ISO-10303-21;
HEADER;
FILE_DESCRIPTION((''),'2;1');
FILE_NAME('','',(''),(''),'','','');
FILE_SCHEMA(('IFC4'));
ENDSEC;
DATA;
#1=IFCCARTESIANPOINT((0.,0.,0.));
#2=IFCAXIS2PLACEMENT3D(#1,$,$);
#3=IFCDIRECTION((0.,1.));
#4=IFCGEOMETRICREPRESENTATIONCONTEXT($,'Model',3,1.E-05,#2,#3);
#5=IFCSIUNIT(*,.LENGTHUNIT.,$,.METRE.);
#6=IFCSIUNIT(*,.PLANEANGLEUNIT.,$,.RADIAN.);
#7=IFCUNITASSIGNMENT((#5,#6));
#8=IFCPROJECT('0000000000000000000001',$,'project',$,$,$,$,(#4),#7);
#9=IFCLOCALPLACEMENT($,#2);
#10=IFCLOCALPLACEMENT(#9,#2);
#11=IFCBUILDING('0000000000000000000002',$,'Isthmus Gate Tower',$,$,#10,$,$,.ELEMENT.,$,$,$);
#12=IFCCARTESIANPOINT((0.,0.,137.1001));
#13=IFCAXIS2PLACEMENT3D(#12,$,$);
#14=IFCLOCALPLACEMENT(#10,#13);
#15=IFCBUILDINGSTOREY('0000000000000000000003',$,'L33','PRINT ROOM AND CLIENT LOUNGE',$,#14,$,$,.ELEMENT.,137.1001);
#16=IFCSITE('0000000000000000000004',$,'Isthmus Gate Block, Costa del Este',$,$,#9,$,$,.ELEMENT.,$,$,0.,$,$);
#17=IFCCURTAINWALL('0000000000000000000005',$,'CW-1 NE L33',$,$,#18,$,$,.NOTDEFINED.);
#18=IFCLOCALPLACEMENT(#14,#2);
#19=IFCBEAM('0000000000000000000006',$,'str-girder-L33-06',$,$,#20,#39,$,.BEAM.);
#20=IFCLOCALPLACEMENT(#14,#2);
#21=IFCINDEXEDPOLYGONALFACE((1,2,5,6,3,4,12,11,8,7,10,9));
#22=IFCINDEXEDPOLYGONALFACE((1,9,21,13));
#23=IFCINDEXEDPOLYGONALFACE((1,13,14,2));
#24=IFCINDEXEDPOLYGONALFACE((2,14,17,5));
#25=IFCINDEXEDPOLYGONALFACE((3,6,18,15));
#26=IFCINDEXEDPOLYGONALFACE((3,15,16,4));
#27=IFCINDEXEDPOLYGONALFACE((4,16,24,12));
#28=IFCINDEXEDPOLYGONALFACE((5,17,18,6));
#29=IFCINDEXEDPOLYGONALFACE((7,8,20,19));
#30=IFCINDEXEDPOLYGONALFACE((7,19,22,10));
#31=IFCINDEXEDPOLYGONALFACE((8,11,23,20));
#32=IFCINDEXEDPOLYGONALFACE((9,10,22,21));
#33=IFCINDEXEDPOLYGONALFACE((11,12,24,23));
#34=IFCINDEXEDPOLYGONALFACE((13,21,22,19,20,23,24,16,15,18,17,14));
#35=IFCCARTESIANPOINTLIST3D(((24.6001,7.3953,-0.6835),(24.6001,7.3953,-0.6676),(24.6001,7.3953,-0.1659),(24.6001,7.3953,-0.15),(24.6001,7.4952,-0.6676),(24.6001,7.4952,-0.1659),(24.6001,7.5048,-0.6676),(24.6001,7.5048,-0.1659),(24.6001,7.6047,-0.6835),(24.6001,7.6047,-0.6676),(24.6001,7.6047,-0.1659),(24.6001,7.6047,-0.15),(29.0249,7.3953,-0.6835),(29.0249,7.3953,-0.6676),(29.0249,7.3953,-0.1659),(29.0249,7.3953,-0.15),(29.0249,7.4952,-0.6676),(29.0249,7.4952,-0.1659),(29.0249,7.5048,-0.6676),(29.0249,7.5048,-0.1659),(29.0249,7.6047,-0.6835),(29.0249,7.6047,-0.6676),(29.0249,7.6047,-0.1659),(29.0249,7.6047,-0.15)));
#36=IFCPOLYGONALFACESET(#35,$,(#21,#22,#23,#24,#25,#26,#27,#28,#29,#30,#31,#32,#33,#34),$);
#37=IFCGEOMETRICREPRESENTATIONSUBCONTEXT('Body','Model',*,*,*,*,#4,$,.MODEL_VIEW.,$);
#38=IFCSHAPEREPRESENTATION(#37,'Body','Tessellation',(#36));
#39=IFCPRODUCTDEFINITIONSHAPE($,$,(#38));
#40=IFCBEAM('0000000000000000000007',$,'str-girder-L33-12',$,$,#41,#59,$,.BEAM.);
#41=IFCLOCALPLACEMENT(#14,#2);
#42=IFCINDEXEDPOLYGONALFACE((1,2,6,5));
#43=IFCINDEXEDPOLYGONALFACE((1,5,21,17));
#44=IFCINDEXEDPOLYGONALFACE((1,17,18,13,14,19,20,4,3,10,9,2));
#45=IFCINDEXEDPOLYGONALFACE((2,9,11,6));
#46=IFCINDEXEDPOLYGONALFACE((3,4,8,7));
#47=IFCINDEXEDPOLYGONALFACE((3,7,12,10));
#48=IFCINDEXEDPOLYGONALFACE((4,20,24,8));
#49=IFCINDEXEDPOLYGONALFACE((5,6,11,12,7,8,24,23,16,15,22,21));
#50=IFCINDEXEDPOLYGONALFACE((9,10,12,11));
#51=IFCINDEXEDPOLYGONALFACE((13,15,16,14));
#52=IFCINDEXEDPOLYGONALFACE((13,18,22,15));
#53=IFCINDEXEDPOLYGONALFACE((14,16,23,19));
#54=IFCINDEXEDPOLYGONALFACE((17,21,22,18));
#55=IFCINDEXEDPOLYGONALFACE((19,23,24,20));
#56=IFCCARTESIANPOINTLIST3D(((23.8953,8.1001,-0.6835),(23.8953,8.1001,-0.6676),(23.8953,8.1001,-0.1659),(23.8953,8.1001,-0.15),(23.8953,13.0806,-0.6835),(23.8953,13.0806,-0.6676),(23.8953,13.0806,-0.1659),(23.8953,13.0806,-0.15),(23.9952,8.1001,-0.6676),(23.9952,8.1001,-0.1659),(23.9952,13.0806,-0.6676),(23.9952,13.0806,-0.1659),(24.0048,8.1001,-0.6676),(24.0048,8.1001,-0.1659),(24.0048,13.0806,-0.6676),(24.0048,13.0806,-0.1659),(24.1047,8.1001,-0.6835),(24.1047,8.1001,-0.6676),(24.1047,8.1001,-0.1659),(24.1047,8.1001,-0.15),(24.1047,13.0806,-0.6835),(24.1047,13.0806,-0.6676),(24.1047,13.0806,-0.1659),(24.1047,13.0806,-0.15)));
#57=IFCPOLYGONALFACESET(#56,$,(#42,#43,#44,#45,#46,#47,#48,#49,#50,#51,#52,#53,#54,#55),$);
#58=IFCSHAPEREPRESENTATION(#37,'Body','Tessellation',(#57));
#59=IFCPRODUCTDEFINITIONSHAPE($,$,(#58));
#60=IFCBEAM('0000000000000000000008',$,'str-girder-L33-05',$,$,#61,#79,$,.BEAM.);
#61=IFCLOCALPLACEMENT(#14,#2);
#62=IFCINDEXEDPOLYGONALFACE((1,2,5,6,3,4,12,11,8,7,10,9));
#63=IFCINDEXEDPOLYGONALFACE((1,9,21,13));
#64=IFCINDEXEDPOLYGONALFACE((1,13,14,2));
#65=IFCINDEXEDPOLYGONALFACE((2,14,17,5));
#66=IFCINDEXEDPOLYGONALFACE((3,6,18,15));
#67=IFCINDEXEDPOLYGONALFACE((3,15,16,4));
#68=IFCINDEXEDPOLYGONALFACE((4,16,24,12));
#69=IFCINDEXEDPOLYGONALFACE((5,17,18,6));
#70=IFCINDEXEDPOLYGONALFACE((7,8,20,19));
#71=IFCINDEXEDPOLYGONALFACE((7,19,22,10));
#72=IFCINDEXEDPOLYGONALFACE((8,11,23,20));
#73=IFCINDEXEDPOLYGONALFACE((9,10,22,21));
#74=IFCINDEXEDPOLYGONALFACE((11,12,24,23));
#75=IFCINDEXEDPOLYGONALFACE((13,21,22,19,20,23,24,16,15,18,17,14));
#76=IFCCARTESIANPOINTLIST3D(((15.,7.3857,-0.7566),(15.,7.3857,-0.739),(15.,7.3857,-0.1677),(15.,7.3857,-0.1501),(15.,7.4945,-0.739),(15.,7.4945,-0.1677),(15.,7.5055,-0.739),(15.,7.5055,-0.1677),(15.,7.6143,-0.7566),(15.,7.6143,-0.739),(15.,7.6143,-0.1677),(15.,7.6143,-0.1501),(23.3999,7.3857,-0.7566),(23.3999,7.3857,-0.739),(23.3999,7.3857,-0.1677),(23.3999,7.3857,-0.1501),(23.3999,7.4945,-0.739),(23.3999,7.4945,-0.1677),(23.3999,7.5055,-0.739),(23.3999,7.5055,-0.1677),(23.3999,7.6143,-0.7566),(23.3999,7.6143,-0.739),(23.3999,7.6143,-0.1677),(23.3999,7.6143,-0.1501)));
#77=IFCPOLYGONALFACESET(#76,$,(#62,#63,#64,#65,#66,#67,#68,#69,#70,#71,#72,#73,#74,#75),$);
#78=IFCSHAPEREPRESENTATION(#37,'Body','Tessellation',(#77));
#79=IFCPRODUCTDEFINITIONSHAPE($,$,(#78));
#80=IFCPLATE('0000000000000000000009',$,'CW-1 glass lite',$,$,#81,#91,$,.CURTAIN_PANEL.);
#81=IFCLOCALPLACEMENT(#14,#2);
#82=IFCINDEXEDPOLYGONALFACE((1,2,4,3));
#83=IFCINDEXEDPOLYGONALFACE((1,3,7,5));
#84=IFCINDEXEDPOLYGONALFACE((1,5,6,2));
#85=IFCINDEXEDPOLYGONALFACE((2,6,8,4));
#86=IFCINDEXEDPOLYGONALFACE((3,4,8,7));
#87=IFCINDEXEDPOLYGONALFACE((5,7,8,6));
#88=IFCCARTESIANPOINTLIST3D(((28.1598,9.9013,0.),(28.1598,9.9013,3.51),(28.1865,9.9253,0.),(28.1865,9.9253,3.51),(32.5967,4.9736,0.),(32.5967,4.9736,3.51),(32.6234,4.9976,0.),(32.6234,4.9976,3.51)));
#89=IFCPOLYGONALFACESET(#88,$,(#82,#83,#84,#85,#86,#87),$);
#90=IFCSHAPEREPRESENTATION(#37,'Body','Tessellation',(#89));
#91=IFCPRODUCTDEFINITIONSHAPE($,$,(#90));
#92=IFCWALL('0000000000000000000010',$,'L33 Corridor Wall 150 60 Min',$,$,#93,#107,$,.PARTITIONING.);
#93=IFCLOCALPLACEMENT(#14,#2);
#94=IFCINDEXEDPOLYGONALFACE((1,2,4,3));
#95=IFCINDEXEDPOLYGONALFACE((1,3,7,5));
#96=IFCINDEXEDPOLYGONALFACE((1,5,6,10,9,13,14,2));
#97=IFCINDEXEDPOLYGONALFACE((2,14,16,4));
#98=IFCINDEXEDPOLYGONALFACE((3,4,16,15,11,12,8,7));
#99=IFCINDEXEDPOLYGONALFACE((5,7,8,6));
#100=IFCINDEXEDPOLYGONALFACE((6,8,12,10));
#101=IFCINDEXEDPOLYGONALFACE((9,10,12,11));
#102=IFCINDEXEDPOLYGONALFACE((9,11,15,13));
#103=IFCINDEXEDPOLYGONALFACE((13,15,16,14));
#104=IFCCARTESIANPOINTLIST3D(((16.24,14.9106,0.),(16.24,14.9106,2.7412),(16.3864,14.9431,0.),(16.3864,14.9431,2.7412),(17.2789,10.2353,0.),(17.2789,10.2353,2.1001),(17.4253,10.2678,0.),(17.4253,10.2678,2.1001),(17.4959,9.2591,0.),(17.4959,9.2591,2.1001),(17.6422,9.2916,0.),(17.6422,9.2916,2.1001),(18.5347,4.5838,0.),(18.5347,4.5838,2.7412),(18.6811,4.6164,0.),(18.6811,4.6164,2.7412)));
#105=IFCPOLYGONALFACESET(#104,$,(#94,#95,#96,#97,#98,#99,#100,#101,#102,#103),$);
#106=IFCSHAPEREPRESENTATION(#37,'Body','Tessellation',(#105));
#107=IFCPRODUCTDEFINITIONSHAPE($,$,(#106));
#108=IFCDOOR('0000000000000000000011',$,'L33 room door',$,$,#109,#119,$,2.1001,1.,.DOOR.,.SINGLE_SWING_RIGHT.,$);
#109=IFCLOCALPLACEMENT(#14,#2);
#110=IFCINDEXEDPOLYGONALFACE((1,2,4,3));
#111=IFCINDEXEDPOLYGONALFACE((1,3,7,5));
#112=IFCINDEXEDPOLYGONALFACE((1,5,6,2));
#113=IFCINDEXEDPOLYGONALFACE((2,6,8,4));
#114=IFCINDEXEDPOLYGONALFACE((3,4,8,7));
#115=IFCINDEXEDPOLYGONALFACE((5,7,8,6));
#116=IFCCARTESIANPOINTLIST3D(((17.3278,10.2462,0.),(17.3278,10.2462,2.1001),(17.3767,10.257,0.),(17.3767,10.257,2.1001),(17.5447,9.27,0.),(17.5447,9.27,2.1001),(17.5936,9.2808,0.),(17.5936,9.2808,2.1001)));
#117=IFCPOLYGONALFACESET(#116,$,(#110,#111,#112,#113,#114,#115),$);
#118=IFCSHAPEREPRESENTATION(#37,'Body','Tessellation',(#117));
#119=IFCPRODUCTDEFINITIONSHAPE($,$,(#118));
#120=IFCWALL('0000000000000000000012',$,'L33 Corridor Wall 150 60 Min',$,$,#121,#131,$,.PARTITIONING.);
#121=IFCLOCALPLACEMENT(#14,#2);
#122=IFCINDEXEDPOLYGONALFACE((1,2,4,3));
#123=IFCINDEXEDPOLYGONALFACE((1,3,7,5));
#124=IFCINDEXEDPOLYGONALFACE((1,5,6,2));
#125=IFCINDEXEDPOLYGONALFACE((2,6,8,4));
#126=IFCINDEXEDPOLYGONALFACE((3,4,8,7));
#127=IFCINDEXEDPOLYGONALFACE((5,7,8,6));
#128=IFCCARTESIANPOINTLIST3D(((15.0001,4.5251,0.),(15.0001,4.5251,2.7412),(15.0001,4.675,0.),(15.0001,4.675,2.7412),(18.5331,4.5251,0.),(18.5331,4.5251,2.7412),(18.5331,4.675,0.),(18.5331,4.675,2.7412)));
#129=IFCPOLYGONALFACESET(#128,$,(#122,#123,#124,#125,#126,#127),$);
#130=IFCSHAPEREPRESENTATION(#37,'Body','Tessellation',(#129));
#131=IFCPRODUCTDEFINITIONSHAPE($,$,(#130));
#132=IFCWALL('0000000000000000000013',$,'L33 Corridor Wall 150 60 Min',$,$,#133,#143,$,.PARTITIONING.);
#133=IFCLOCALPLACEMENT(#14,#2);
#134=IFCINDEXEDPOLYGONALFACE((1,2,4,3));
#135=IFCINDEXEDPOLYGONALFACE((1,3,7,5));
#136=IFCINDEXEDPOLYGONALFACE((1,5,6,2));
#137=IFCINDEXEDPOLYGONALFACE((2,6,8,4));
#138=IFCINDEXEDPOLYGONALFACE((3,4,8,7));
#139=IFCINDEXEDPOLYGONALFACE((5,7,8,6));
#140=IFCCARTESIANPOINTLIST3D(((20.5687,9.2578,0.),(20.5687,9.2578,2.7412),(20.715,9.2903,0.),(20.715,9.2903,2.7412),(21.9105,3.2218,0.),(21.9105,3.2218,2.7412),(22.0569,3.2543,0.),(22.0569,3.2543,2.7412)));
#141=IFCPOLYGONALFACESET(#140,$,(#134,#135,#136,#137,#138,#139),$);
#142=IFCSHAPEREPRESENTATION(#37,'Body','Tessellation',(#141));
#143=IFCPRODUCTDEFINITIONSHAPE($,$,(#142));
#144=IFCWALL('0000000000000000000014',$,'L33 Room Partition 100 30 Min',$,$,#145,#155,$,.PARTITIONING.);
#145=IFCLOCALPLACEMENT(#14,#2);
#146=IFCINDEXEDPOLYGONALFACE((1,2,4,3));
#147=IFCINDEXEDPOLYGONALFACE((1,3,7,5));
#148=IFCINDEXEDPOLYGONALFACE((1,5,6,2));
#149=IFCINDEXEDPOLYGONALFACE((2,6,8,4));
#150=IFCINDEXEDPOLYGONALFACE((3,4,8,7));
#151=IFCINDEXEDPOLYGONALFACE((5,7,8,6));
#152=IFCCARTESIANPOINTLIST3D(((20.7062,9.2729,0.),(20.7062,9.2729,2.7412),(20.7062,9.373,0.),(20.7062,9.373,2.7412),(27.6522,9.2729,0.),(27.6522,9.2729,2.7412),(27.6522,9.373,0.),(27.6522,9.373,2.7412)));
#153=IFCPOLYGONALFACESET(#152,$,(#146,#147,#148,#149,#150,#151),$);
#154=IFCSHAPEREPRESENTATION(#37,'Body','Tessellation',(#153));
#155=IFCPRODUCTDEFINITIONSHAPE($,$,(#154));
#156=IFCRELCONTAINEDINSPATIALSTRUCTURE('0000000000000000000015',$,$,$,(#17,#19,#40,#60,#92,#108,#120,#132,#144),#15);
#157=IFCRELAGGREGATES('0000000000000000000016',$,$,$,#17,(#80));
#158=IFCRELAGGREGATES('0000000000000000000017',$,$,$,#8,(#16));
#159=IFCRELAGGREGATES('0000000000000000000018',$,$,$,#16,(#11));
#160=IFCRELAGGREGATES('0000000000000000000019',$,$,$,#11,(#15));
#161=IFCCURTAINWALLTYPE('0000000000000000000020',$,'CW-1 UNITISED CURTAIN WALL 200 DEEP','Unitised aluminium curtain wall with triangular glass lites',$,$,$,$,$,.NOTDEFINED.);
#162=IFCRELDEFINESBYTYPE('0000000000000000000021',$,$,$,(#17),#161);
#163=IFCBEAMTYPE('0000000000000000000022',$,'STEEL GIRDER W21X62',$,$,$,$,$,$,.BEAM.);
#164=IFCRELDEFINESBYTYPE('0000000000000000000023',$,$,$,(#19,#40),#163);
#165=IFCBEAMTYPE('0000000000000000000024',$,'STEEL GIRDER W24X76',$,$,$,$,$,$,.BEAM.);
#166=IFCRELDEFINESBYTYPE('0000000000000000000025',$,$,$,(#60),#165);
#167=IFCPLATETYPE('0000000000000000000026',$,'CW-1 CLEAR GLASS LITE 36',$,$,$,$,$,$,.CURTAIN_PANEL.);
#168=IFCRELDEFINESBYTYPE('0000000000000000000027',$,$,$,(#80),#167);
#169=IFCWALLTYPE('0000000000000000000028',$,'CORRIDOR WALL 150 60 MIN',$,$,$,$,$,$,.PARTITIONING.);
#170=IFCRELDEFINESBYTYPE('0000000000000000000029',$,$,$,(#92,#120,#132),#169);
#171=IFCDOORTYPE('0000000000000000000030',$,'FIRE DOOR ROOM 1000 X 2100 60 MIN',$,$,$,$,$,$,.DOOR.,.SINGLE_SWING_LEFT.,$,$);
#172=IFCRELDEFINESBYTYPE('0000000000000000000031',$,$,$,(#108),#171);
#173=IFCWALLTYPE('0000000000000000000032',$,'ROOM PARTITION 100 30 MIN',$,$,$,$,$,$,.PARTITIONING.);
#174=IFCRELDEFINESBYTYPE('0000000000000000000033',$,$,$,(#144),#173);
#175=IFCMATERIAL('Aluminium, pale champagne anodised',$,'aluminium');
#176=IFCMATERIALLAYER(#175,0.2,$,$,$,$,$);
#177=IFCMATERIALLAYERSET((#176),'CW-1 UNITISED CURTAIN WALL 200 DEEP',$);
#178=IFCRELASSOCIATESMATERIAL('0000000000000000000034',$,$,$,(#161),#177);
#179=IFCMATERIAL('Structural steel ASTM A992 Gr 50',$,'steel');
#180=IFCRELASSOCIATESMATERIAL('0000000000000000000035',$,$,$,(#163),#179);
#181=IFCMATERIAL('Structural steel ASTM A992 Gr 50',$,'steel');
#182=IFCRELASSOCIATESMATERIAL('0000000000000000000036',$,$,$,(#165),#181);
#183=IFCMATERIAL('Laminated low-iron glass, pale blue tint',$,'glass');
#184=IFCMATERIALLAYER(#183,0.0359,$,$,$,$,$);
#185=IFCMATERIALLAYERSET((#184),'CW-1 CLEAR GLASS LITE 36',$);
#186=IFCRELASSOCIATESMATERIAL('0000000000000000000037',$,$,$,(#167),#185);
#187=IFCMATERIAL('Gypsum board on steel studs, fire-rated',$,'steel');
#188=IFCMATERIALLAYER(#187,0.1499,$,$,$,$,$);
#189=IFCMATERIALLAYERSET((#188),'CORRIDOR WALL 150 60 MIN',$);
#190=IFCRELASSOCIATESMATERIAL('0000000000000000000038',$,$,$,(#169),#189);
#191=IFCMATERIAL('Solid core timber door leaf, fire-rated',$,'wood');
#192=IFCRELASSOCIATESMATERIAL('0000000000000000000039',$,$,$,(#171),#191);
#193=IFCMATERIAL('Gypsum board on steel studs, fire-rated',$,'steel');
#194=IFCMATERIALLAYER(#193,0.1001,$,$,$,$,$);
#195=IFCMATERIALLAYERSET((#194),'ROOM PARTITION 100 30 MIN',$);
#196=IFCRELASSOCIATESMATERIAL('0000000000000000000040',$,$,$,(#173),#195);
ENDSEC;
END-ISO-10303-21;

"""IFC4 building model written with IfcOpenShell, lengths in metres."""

from ifc_helpers import new_model, si_unit, direction, frame, frame_2d, origin, origin_2d, place, context, subcontext, project, spatial, rectangle, i_section, extrude, material, layer, layer_set, material_profile, profile_set, type_object, element, fill, aggregate, save


model = new_model("IFC4")

# Units and contexts
model_context = context("Model", 3, precision=1e-05, world=origin(), true_north=direction((0.0, 1.0)))
body_context = subcontext(model_context, "Body", "Model", "MODEL_VIEW")
ifc_project = project(units=[si_unit("LENGTHUNIT", "METRE"), si_unit("PLANEANGLEUNIT", "RADIAN")], contexts=[model_context])

# Site, building, storey
site_placement = place(None, origin())
site = spatial("IfcSite", under=ifc_project, at=site_placement, Name="Isthmus Gate Block, Costa del Este", CompositionType="ELEMENT", RefElevation=0.0)
building_placement = place(site_placement, origin())
building = spatial("IfcBuilding", under=site, at=building_placement, Name="Isthmus Gate Tower", CompositionType="ELEMENT")
storey_placement = place(building_placement, frame((0.0, 0.0, 137.1001)))
storey = spatial("IfcBuildingStorey", under=building, at=storey_placement, Name="L33", Description="PRINT ROOM AND CLIENT LOUNGE", CompositionType="ELEMENT", Elevation=137.1001)

# Curtain wall
ifc_material_1 = material(Name="Aluminium, pale champagne anodised", Category="aluminium")
ifc_layer_1 = layer(ifc_material_1, 0.2)
ifc_layer_set_1 = layer_set([ifc_layer_1], Name="CW-1 UNITISED CURTAIN WALL 200 DEEP")
curtain_wall_type = type_object("IfcCurtainWallType", Name="CW-1 UNITISED CURTAIN WALL 200 DEEP", Description="Unitised aluminium curtain wall with triangular glass lites", PredefinedType="NOTDEFINED", material=ifc_layer_set_1)
curtain_wall_placement = place(storey_placement, origin())
curtain_wall = element("IfcCurtainWall", 1, at=curtain_wall_placement, inside=storey, type_object=curtain_wall_type, Name="CW-1 NE L33", PredefinedType="NOTDEFINED")

# Beams
ifc_material_2 = material(Name="Structural steel ASTM A992 Gr 50", Category="steel")
ifc_material_profile_1 = material_profile(ifc_material_2, i_section(OverallWidth=0.2095, OverallDepth=0.5334, WebThickness=0.0095, FlangeThickness=0.0159, at=origin_2d()), Name="W21X62")
ifc_profile_set_1 = profile_set([ifc_material_profile_1], Name="Structural steel ASTM A992 Gr 50")
beam_type_1 = type_object("IfcBeamType", Name="STEEL GIRDER W21X62", PredefinedType="BEAM", material=ifc_profile_set_1)
beam_1_placement = place(storey_placement, frame((24.6001, 7.5, -0.4167), z_axis=(1.0, 0.0, 0.0), x_axis=(0.0, 1.0, 0.0)))
element("IfcBeam", 2, at=beam_1_placement, inside=storey, type_object=beam_type_1, Name="str-girder-L33-06", PredefinedType="BEAM", context=body_context, shape_type="SweptSolid", body=[
    extrude(i_section(OverallWidth=0.2095, OverallDepth=0.5334, WebThickness=0.0095, FlangeThickness=0.0159, at=origin_2d()), origin(), (0.0, 0.0, 1.0), 4.4248),
])
beam_2_placement = place(storey_placement, frame((24.0, 8.1001, -0.4167), z_axis=(0.0, 1.0, 0.0), x_axis=(-1.0, 0.0, 0.0)))
element("IfcBeam", 3, at=beam_2_placement, inside=storey, type_object=beam_type_1, Name="str-girder-L33-12", PredefinedType="BEAM", context=body_context, shape_type="SweptSolid", body=[
    extrude(i_section(OverallWidth=0.2095, OverallDepth=0.5334, WebThickness=0.0095, FlangeThickness=0.0159, at=origin_2d()), origin(), (0.0, 0.0, 1.0), 4.9805),
])
ifc_material_3 = material(Name="Structural steel ASTM A992 Gr 50", Category="steel")
ifc_material_profile_2 = material_profile(ifc_material_3, i_section(OverallWidth=0.2285, OverallDepth=0.6064, WebThickness=0.011, FlangeThickness=0.0176, at=origin_2d()), Name="W24X76")
ifc_profile_set_2 = profile_set([ifc_material_profile_2], Name="Structural steel ASTM A992 Gr 50")
beam_type_2 = type_object("IfcBeamType", Name="STEEL GIRDER W24X76", PredefinedType="BEAM", material=ifc_profile_set_2)
beam_3_placement = place(storey_placement, frame((15.0, 7.5, -0.4534), z_axis=(1.0, 0.0, 0.0), x_axis=(0.0, 1.0, 0.0)))
element("IfcBeam", 4, at=beam_3_placement, inside=storey, type_object=beam_type_2, Name="str-girder-L33-05", PredefinedType="BEAM", context=body_context, shape_type="SweptSolid", body=[
    extrude(i_section(OverallWidth=0.2285, OverallDepth=0.6064, WebThickness=0.011, FlangeThickness=0.0176, at=origin_2d()), origin(), (0.0, 0.0, 1.0), 8.3999),
])

# Plate
ifc_material_4 = material(Name="Laminated low-iron glass, pale blue tint", Category="glass")
ifc_layer_2 = layer(ifc_material_4, 0.0359)
ifc_layer_set_2 = layer_set([ifc_layer_2], Name="CW-1 CLEAR GLASS LITE 36")
plate_type = type_object("IfcPlateType", Name="CW-1 CLEAR GLASS LITE 36", PredefinedType="CURTAIN_PANEL", material=ifc_layer_set_2)
plate_placement = place(storey_placement, frame((30.3916, 7.4495, 0.0), z_axis=(0.0, 0.0, 1.0), x_axis=(-0.669131, 0.743145, 0.0)))
plate = element("IfcPlate", 5, at=plate_placement, type_object=plate_type, Name="CW-1 glass lite", PredefinedType="CURTAIN_PANEL", context=body_context, shape_type="SweptSolid", body=[
    extrude(rectangle(XDim=6.6309, YDim=0.0359, at=origin_2d()), origin(), (0.0, 0.0, 1.0), 3.51),
])
aggregate(curtain_wall, [plate])

# Wall, opening, door
ifc_material_5 = material(Name="Gypsum board on steel studs, fire-rated", Category="steel")
ifc_layer_3 = layer(ifc_material_5, 0.1499)
ifc_layer_set_3 = layer_set([ifc_layer_3], Name="CORRIDOR WALL 150 60 MIN")
wall_type_1 = type_object("IfcWallType", Name="CORRIDOR WALL 150 60 MIN", PredefinedType="PARTITIONING", material=ifc_layer_set_3)
wall_1_placement = place(storey_placement, frame((18.6079, 4.6001, 0.0), z_axis=(0.0, 0.0, 1.0), x_axis=(-0.216918, 0.97619, 0.0)))
wall_1 = element("IfcWall", 6, at=wall_1_placement, inside=storey, type_object=wall_type_1, Name="L33 Corridor Wall 150 60 Min", PredefinedType="PARTITIONING", context=body_context, shape_type="SweptSolid", body=[
    extrude(rectangle(XDim=10.5786, YDim=0.1499, at=frame_2d((5.2893, 0.0))), origin(), (0.0, 0.0, 1.0), 2.7412),
])
opening_placement = place(wall_1_placement, frame((4.7893, 0.0, 0.0)))
opening = element("IfcOpeningElement", 7, at=opening_placement, cuts=wall_1, PredefinedType="OPENING", context=body_context, shape_type="SweptSolid", body=[
    extrude(rectangle(XDim=1.0, YDim=2.1001, at=frame_2d((0.5, 1.05))), frame((0.0, 0.085, 0.0), z_axis=(0.0, -1.0, 0.0), x_axis=(1.0, 0.0, 0.0)), (0.0, 0.0, 1.0), 0.1699),
])
ifc_material_6 = material(Name="Solid core timber door leaf, fire-rated", Category="wood")
door_type = type_object("IfcDoorType", Name="FIRE DOOR ROOM 1000 X 2100 60 MIN", OperationType="SINGLE_SWING_LEFT", PredefinedType="DOOR", material=ifc_material_6)
door_placement = place(opening_placement, origin())
door = element("IfcDoor", 8, at=door_placement, inside=storey, type_object=door_type, Name="L33 room door", OperationType="SINGLE_SWING_RIGHT", OverallHeight=2.1001, OverallWidth=1.0, PredefinedType="DOOR", context=body_context, shape_type="SweptSolid", body=[
    extrude(rectangle(XDim=1.0, YDim=2.1001, at=frame_2d((0.5, 1.05))), frame((0.0, 0.0249, 0.0), z_axis=(0.0, -1.0, 0.0), x_axis=(1.0, 0.0, 0.0)), (0.0, 0.0, 1.0), 0.05),
])
fill(opening, door)

# Walls
wall_2_placement = place(storey_placement, frame((15.0, 4.6001, 0.0), z_axis=(0.0, 0.0, 1.0), x_axis=(1.0, 0.0, 0.0)))
element("IfcWall", 9, at=wall_2_placement, inside=storey, type_object=wall_type_1, Name="L33 Corridor Wall 150 60 Min", PredefinedType="PARTITIONING", context=body_context, shape_type="SweptSolid", body=[
    extrude(rectangle(XDim=3.533, YDim=0.1499, at=frame_2d((1.7666, 0.0))), origin(), (0.0, 0.0, 1.0), 2.7412),
])
wall_3_placement = place(storey_placement, frame((20.6418, 9.2742, 0.0), z_axis=(0.0, 0.0, 1.0), x_axis=(0.217006, -0.97617, 0.0)))
element("IfcWall", 10, at=wall_3_placement, inside=storey, type_object=wall_type_1, Name="L33 Corridor Wall 150 60 Min", PredefinedType="PARTITIONING", context=body_context, shape_type="SweptSolid", body=[
    extrude(rectangle(XDim=6.1833, YDim=0.1499, at=frame_2d((3.0918, 0.0))), origin(), (0.0, 0.0, 1.0), 2.7412),
])
ifc_material_7 = material(Name="Gypsum board on steel studs, fire-rated", Category="steel")
ifc_layer_4 = layer(ifc_material_7, 0.1001)
ifc_layer_set_4 = layer_set([ifc_layer_4], Name="ROOM PARTITION 100 30 MIN")
wall_type_2 = type_object("IfcWallType", Name="ROOM PARTITION 100 30 MIN", PredefinedType="PARTITIONING", material=ifc_layer_set_4)
wall_4_placement = place(storey_placement, frame((20.7061, 9.323, 0.0), z_axis=(0.0, 0.0, 1.0), x_axis=(1.0, 0.0, 0.0)))
element("IfcWall", 11, at=wall_4_placement, inside=storey, type_object=wall_type_2, Name="L33 Room Partition 100 30 Min", PredefinedType="PARTITIONING", context=body_context, shape_type="SweptSolid", body=[
    extrude(rectangle(XDim=6.946, YDim=0.1001, at=frame_2d((3.4731, 0.0))), origin(), (0.0, 0.0, 1.0), 2.7412),
])

save(model, "model.ifc")
